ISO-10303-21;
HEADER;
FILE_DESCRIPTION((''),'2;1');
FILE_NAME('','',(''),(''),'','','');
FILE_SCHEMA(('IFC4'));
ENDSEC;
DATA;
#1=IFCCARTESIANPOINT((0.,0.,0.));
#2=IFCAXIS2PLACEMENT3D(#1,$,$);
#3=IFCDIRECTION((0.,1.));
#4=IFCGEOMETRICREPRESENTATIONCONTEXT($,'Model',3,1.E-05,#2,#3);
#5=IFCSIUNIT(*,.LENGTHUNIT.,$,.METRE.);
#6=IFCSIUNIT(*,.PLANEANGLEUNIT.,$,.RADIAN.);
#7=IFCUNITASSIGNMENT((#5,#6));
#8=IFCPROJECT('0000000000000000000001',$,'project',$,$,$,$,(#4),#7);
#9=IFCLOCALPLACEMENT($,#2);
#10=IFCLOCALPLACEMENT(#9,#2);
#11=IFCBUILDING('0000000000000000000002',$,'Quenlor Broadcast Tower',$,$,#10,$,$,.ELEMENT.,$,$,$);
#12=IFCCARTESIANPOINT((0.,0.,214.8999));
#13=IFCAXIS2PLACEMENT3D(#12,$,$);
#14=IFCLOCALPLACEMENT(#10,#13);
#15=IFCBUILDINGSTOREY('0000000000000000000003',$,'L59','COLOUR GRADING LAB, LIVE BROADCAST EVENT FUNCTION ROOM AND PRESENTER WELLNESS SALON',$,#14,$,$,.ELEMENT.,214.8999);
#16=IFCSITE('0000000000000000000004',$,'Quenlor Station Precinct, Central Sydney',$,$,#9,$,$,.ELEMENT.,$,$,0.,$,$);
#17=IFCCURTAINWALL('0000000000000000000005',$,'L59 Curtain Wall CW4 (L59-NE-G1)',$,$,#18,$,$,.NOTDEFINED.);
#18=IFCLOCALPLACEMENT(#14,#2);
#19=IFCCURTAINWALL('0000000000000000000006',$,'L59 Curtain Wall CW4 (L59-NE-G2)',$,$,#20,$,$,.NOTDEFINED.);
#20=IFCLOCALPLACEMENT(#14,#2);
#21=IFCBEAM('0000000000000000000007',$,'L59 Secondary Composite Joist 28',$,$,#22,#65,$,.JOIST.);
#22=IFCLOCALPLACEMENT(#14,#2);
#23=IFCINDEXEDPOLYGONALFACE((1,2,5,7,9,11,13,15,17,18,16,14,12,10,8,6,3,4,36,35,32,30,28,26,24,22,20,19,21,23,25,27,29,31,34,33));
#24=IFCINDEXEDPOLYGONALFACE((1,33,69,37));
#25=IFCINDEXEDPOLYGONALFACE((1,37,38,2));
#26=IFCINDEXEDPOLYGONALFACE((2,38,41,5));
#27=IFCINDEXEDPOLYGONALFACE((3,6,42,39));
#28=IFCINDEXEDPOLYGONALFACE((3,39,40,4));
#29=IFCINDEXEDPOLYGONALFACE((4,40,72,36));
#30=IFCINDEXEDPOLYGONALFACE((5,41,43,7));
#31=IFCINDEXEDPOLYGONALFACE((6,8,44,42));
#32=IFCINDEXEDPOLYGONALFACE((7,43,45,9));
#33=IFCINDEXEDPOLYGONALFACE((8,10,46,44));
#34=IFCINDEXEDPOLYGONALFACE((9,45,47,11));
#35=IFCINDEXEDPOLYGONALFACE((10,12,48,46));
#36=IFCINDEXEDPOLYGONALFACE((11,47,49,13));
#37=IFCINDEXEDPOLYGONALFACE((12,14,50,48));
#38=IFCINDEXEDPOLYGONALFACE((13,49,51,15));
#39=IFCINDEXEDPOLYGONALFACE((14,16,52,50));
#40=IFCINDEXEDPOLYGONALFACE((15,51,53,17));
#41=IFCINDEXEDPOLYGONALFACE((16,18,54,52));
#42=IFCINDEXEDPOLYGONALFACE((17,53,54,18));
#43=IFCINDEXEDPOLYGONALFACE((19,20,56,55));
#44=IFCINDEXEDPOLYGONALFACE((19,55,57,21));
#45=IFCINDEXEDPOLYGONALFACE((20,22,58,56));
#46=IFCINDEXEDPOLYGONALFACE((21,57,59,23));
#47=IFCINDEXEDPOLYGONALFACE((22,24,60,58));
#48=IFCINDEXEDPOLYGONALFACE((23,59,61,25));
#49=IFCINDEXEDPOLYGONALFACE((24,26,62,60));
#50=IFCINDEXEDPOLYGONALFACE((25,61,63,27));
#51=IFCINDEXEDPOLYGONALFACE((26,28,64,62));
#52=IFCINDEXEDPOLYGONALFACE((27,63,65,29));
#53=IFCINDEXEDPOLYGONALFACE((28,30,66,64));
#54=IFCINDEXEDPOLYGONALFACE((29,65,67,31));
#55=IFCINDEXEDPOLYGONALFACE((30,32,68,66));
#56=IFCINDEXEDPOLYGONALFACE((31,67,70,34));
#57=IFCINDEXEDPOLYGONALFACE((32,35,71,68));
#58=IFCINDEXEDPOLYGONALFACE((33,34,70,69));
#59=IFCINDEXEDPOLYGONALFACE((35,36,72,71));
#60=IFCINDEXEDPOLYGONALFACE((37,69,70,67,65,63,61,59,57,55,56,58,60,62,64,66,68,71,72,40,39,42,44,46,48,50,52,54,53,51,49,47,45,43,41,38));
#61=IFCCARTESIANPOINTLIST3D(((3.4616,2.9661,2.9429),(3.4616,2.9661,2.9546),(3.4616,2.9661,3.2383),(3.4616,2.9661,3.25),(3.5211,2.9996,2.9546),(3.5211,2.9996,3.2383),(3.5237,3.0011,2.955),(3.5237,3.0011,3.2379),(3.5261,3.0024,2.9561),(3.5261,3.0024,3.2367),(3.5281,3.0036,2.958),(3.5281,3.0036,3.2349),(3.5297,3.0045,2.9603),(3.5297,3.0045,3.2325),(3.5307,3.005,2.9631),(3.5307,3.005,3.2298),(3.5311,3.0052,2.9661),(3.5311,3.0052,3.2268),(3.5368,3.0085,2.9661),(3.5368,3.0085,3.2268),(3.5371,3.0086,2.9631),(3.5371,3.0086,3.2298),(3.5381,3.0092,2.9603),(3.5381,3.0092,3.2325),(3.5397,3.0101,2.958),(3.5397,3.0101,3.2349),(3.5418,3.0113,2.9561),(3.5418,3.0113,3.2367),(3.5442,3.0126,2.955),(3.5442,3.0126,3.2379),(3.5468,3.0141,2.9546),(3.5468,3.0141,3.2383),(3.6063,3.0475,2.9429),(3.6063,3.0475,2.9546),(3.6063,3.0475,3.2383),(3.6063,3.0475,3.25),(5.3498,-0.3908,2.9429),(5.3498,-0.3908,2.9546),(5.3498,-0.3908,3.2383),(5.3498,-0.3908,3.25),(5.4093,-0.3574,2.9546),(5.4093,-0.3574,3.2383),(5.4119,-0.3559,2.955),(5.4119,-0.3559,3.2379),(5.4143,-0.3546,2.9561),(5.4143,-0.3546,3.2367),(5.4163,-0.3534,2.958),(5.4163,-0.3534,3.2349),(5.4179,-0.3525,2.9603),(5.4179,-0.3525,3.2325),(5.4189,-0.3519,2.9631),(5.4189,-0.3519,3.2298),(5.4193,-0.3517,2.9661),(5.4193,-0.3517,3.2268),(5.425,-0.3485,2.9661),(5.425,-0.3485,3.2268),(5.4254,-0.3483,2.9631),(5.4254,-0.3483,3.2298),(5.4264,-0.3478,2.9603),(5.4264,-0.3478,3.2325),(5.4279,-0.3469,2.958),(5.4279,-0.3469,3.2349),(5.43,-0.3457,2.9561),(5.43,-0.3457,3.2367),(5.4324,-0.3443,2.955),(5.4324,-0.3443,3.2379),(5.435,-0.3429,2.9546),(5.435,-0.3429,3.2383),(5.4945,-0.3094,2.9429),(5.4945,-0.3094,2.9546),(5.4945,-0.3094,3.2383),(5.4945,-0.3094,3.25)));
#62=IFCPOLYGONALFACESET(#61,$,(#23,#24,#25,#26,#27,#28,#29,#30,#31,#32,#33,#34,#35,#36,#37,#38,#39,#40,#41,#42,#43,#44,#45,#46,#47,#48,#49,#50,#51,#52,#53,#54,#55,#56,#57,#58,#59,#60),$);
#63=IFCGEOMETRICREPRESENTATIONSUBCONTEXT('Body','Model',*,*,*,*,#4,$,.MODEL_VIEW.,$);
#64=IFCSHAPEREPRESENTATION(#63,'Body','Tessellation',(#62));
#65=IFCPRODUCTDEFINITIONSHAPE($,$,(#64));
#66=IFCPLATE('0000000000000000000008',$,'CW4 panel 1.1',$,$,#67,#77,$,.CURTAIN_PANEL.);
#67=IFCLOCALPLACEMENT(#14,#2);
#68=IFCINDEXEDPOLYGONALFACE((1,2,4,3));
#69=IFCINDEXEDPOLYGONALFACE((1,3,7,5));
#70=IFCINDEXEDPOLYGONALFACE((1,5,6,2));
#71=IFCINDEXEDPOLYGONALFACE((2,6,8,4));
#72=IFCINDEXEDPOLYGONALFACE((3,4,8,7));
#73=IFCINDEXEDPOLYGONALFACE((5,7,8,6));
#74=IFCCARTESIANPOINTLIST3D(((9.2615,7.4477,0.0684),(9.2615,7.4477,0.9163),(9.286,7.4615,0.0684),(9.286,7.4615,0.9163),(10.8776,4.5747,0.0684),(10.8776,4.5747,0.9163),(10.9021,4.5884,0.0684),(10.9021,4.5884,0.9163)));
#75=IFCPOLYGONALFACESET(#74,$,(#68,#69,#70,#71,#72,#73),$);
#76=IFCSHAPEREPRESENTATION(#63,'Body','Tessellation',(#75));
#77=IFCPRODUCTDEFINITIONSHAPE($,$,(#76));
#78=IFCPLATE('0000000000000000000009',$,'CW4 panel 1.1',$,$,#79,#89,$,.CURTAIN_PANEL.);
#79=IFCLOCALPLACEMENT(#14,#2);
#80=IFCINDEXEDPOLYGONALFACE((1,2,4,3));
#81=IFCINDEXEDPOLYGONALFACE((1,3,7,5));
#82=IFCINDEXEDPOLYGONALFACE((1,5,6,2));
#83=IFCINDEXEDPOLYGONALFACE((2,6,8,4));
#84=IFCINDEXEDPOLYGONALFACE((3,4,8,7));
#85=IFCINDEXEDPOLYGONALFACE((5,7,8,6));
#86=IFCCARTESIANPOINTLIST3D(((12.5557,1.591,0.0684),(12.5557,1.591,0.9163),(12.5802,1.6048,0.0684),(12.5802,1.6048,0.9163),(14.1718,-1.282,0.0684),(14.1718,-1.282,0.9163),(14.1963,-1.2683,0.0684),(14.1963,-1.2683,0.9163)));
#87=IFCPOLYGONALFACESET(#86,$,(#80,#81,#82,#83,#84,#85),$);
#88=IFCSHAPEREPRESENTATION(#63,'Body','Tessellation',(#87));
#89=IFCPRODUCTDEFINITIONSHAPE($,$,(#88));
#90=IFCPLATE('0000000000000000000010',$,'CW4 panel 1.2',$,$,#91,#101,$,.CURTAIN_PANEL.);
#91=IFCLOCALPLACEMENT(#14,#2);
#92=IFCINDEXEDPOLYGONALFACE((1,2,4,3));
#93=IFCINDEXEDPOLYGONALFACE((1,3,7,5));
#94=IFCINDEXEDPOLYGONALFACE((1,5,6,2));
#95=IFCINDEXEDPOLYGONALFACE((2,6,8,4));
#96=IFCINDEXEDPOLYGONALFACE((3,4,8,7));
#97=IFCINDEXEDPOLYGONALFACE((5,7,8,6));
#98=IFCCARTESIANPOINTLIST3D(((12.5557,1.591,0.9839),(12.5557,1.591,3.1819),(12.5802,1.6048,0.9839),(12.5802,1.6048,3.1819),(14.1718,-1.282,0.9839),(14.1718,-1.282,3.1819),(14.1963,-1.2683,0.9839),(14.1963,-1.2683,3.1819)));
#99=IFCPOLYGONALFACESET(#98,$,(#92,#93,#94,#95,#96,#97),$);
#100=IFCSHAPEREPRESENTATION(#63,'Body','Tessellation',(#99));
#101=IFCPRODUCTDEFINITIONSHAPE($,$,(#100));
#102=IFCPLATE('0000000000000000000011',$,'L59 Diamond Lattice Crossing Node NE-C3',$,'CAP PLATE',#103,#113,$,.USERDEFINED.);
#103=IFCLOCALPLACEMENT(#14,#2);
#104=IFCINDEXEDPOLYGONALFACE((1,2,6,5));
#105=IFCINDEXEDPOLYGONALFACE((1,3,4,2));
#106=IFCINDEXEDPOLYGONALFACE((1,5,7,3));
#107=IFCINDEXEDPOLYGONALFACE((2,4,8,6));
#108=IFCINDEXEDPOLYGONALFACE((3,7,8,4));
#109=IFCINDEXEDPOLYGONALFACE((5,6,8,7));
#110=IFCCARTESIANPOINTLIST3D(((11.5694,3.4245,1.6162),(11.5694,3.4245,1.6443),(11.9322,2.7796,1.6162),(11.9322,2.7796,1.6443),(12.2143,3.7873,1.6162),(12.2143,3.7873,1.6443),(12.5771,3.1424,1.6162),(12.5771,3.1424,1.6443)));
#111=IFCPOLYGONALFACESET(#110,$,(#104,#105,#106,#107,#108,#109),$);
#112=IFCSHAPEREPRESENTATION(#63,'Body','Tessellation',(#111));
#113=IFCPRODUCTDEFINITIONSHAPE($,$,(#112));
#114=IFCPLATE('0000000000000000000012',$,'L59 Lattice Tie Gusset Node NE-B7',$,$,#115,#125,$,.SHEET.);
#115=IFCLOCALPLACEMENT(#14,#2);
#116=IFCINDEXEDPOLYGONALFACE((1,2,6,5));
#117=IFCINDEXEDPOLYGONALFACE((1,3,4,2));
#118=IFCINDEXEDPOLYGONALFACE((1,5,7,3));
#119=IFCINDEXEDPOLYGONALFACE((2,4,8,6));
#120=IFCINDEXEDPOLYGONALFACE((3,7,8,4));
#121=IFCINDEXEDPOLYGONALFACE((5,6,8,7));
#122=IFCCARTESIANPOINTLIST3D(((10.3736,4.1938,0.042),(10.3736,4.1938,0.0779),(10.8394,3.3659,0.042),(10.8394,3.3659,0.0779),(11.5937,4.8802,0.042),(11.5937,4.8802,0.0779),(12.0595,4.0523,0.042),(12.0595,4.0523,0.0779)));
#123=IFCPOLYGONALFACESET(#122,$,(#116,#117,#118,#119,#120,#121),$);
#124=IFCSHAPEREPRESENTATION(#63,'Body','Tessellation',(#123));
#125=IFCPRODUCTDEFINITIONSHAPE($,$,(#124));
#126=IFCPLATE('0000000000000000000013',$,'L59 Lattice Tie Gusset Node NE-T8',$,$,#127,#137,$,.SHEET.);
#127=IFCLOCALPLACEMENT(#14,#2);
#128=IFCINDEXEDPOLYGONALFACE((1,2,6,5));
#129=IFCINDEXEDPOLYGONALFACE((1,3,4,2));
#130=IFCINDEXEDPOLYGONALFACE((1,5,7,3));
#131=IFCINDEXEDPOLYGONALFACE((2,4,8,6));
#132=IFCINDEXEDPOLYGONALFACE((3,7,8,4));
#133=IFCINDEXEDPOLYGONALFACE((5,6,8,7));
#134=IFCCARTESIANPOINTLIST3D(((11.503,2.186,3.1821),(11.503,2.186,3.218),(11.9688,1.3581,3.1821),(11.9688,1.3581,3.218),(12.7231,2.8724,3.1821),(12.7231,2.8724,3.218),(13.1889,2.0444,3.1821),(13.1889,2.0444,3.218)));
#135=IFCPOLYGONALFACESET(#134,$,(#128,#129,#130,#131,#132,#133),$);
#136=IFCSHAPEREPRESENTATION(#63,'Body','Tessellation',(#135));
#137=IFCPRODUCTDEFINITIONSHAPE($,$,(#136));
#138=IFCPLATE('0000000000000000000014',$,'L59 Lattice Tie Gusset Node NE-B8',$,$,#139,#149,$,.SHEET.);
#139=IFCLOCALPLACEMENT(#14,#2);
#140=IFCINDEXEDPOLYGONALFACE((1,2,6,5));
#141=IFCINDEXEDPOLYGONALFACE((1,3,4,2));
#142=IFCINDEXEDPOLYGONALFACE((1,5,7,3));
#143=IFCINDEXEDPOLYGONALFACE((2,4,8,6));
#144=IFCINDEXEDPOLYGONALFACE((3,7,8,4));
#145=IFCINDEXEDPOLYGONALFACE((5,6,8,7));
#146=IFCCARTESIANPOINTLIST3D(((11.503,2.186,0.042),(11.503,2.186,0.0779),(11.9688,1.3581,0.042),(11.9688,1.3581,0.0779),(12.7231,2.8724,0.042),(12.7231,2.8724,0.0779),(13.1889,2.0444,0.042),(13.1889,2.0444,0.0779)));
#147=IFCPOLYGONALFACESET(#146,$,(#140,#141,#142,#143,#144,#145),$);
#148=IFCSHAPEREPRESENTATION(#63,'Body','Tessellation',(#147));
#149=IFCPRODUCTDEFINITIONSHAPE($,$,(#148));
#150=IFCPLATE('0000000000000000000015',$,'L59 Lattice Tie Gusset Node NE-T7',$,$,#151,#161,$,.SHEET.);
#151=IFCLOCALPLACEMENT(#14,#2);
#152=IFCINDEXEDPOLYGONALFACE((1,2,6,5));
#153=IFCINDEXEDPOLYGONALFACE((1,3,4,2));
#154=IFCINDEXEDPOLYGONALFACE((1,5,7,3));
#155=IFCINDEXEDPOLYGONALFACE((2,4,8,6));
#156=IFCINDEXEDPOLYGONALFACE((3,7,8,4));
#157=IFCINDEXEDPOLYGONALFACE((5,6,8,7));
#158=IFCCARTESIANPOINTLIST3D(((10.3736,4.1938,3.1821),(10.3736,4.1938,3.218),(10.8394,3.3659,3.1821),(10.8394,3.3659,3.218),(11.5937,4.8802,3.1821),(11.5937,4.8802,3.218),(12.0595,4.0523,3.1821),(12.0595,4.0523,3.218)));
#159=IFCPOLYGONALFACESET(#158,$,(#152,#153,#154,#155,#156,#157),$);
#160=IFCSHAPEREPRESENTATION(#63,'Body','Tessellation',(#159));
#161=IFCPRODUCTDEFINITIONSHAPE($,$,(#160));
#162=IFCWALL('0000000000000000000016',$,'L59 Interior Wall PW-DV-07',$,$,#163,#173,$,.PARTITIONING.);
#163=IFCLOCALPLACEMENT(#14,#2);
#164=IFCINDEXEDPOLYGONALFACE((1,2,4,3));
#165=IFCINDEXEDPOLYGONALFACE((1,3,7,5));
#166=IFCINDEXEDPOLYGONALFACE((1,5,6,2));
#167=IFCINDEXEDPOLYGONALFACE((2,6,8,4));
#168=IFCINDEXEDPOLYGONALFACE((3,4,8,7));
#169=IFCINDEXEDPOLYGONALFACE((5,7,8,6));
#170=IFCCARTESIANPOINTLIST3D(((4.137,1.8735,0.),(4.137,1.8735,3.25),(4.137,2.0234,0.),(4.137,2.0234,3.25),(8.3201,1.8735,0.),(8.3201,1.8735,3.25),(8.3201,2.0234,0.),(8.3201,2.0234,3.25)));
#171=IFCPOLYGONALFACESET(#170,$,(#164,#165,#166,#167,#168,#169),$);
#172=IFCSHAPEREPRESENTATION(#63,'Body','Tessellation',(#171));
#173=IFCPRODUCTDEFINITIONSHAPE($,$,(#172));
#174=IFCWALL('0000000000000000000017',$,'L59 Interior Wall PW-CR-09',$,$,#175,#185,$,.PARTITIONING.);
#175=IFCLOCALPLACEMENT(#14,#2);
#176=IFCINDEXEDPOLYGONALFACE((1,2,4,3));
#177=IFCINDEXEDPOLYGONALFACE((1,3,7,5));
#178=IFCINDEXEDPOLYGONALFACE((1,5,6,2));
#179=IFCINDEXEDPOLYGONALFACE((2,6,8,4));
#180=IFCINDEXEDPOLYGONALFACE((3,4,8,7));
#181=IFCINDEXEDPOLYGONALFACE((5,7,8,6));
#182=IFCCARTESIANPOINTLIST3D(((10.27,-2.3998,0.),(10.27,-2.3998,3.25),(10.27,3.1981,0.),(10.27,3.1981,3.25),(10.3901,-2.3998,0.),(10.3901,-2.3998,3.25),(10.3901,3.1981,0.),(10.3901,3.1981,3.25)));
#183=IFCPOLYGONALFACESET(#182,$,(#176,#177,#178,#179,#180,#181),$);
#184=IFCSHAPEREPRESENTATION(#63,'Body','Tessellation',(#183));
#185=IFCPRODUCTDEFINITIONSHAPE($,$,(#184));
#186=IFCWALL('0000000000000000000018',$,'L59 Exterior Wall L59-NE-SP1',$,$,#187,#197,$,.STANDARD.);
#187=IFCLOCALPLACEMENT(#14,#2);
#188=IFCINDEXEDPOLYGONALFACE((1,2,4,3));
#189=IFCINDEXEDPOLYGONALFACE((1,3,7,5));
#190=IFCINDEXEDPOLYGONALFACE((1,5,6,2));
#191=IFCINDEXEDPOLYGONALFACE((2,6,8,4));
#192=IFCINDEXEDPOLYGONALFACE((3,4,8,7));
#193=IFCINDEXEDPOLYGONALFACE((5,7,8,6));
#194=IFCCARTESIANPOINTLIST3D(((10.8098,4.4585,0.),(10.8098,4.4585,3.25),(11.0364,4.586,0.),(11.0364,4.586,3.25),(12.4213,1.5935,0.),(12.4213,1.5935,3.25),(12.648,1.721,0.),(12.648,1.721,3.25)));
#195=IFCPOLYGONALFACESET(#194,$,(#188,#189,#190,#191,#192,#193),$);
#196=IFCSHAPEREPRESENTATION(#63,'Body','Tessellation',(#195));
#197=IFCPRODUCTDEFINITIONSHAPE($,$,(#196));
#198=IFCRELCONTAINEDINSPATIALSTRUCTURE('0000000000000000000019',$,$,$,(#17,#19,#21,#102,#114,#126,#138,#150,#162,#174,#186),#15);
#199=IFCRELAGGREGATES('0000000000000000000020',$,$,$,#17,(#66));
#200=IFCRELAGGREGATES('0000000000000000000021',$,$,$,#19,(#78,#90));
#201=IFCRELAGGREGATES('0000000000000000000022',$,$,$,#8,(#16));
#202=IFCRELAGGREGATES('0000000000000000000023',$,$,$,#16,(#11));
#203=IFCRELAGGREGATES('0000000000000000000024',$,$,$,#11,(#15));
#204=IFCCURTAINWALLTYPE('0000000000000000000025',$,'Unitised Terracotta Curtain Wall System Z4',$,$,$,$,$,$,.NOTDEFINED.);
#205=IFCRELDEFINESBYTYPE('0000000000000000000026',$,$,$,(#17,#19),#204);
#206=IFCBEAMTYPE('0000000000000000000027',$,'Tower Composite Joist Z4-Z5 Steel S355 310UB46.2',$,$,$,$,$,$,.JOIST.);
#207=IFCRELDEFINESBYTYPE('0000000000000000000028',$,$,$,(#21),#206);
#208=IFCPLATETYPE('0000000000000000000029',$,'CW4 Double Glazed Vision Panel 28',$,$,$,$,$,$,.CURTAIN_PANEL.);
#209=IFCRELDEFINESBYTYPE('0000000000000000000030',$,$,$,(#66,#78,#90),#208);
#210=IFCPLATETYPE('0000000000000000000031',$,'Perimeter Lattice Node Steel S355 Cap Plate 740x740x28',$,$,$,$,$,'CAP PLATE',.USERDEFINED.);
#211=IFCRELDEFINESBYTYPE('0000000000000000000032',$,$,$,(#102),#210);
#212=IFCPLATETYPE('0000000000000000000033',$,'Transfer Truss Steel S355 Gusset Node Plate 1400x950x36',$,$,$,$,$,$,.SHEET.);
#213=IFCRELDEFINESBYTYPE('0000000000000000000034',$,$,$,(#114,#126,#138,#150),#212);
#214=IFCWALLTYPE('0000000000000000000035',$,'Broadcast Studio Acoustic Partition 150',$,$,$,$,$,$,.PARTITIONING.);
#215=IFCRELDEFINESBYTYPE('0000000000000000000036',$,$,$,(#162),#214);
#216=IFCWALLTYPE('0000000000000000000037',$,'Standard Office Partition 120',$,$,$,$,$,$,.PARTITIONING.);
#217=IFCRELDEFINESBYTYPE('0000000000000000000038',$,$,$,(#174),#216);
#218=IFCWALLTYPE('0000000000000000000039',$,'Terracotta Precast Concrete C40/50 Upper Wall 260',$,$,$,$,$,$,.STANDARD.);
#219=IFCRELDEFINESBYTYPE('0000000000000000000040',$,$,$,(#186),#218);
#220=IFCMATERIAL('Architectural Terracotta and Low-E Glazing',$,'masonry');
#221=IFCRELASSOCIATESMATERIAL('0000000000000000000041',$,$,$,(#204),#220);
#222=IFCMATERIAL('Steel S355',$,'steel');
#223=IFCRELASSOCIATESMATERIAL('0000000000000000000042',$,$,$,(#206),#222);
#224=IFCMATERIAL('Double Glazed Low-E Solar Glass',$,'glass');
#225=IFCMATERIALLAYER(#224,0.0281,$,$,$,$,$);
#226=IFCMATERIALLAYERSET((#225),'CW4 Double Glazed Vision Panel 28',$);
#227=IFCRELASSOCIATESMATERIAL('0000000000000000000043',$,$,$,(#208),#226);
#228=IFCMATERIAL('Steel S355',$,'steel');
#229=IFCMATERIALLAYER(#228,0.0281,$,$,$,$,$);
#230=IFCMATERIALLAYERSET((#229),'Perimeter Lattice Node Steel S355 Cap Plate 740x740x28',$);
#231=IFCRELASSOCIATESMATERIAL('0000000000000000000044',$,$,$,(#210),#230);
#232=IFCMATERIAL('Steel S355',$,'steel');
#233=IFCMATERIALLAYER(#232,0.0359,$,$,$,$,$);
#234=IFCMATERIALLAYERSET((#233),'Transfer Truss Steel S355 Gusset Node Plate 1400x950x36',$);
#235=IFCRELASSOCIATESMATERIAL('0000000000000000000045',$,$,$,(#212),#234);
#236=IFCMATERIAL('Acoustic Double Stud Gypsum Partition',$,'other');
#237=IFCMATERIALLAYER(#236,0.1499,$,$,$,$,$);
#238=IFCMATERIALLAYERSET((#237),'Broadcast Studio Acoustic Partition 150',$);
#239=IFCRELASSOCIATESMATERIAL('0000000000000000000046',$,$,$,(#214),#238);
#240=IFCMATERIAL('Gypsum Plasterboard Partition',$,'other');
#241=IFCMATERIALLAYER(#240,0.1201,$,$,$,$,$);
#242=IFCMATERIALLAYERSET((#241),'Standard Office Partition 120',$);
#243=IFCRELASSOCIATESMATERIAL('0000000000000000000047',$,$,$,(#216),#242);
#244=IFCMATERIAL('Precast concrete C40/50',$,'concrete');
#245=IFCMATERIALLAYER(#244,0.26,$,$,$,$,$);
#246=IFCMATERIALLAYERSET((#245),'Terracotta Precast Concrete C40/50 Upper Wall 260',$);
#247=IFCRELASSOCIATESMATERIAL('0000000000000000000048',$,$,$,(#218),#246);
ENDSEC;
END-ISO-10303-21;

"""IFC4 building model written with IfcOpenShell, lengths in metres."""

from ifc_helpers import new_model, si_unit, direction, frame, frame_2d, origin, origin_2d, place, context, subcontext, project, spatial, rectangle, i_section, extrude, material, layer, layer_set, material_profile, profile_set, type_object, element, aggregate, save


model = new_model("IFC4")

# Units and contexts
model_context = context("Model", 3, precision=1e-05, world=origin(), true_north=direction((0.0, 1.0)))
body_context = subcontext(model_context, "Body", "Model", "MODEL_VIEW")
ifc_project = project(units=[si_unit("LENGTHUNIT", "METRE"), si_unit("PLANEANGLEUNIT", "RADIAN")], contexts=[model_context])

# Site, building, storey
site_placement = place(None, origin())
site = spatial("IfcSite", under=ifc_project, at=site_placement, Name="Quenlor Station Precinct, Central Sydney", CompositionType="ELEMENT", RefElevation=0.0)
building_placement = place(site_placement, origin())
building = spatial("IfcBuilding", under=site, at=building_placement, Name="Quenlor Broadcast Tower", CompositionType="ELEMENT")
storey_placement = place(building_placement, frame((0.0, 0.0, 214.8999)))
storey = spatial("IfcBuildingStorey", under=building, at=storey_placement, Name="L59", Description="COLOUR GRADING LAB, LIVE BROADCAST EVENT FUNCTION ROOM AND PRESENTER WELLNESS SALON", CompositionType="ELEMENT", Elevation=214.8999)

# Curtain wall
ifc_material_1 = material(Name="Architectural Terracotta and Low-E Glazing", Category="masonry")
curtain_wall_type = type_object("IfcCurtainWallType", Name="Unitised Terracotta Curtain Wall System Z4", PredefinedType="NOTDEFINED", material=ifc_material_1)
curtain_wall_1_placement = place(storey_placement, origin())
curtain_wall_1 = element("IfcCurtainWall", 1, at=curtain_wall_1_placement, inside=storey, type_object=curtain_wall_type, Name="L59 Curtain Wall CW4 (L59-NE-G1)", PredefinedType="NOTDEFINED")

# Curtain wall
curtain_wall_2_placement = place(storey_placement, origin())
curtain_wall_2 = element("IfcCurtainWall", 2, at=curtain_wall_2_placement, inside=storey, type_object=curtain_wall_type, Name="L59 Curtain Wall CW4 (L59-NE-G2)", PredefinedType="NOTDEFINED")

# Beam
ifc_material_2 = material(Name="Steel S355", Category="steel")
ifc_material_profile_1 = material_profile(ifc_material_2, i_section(OverallWidth=0.166, OverallDepth=0.3071, WebThickness=0.0066, FlangeThickness=0.0117, FilletRadius=0.0115, at=origin_2d()))
ifc_profile_set_1 = profile_set([ifc_material_profile_1], Name="Steel S355 310UB46.2")
beam_type_1 = type_object("IfcBeamType", Name="Tower Composite Joist Z4-Z5 Steel S355 310UB46.2", PredefinedType="JOIST", material=ifc_profile_set_1)
beam_1_placement = place(storey_placement, frame((3.5339, 3.0068, 3.0964), z_axis=(0.490243, -0.871586, 0.0), x_axis=(0.871586, 0.490243, 0.0)))
element("IfcBeam", 3, at=beam_1_placement, inside=storey, type_object=beam_type_1, Name="L59 Secondary Composite Joist 28", PredefinedType="JOIST", context=body_context, shape_type="SweptSolid", body=[
    extrude(i_section(OverallWidth=0.166, OverallDepth=0.3071, WebThickness=0.0066, FlangeThickness=0.0117, FilletRadius=0.0115, at=origin_2d()), origin(), (0.0, 0.0, 1.0), 3.8516),
])

# Plates
ifc_material_3 = material(Name="Double Glazed Low-E Solar Glass", Category="glass")
ifc_layer_1 = layer(ifc_material_3, 0.0281)
ifc_layer_set_1 = layer_set([ifc_layer_1], Name="CW4 Double Glazed Vision Panel 28")
plate_type_1 = type_object("IfcPlateType", Name="CW4 Double Glazed Vision Panel 28", PredefinedType="CURTAIN_PANEL", material=ifc_layer_set_1)
plate_1_placement = place(storey_placement, frame((10.0818, 6.0181, 0.0684), z_axis=(0.0, 0.0, 1.0), x_axis=(0.490257, -0.871578, 0.0)))
plate_1 = element("IfcPlate", 4, at=plate_1_placement, type_object=plate_type_1, Name="CW4 panel 1.1", PredefinedType="CURTAIN_PANEL", context=body_context, shape_type="SweptSolid", body=[
    extrude(rectangle(XDim=3.2964, YDim=0.0281, at=origin_2d()), origin(), (0.0, 0.0, 1.0), 0.8479),
])
aggregate(curtain_wall_1, [plate_1])
plate_2_placement = place(storey_placement, frame((13.376, 0.1614, 0.0684), z_axis=(0.0, 0.0, 1.0), x_axis=(0.490257, -0.871578, 0.0)))
plate_2 = element("IfcPlate", 5, at=plate_2_placement, type_object=plate_type_1, Name="CW4 panel 1.1", PredefinedType="CURTAIN_PANEL", context=body_context, shape_type="SweptSolid", body=[
    extrude(rectangle(XDim=3.2964, YDim=0.0281, at=origin_2d()), origin(), (0.0, 0.0, 1.0), 0.8479),
])
plate_3_placement = place(storey_placement, frame((13.376, 0.1614, 0.9839), z_axis=(0.0, 0.0, 1.0), x_axis=(0.490257, -0.871578, 0.0)))
plate_3 = element("IfcPlate", 6, at=plate_3_placement, type_object=plate_type_1, Name="CW4 panel 1.2", PredefinedType="CURTAIN_PANEL", context=body_context, shape_type="SweptSolid", body=[
    extrude(rectangle(XDim=3.2964, YDim=0.0281, at=origin_2d()), origin(), (0.0, 0.0, 1.0), 2.198),
])
aggregate(curtain_wall_2, [plate_2, plate_3])

# Plates
ifc_material_4 = material(Name="Steel S355", Category="steel")
ifc_layer_2 = layer(ifc_material_4, 0.0281)
ifc_layer_set_2 = layer_set([ifc_layer_2], Name="Perimeter Lattice Node Steel S355 Cap Plate 740x740x28")
plate_type_2 = type_object("IfcPlateType", Name="Perimeter Lattice Node Steel S355 Cap Plate 740x740x28", ElementType="CAP PLATE", PredefinedType="USERDEFINED", material=ifc_layer_set_2)
plate_4_placement = place(storey_placement, frame((12.0732, 3.2834, 1.6162), z_axis=(0.0, 0.0, 1.0), x_axis=(0.490295, -0.871556, 0.0)))
element("IfcPlate", 7, at=plate_4_placement, inside=storey, type_object=plate_type_2, Name="L59 Diamond Lattice Crossing Node NE-C3", ObjectType="CAP PLATE", PredefinedType="USERDEFINED", context=body_context, shape_type="SweptSolid", body=[
    extrude(rectangle(XDim=0.74, YDim=0.74, at=origin_2d()), origin(), (0.0, 0.0, 1.0), 0.0281),
])
ifc_material_5 = material(Name="Steel S355", Category="steel")
ifc_layer_3 = layer(ifc_material_5, 0.0359)
ifc_layer_set_3 = layer_set([ifc_layer_3], Name="Transfer Truss Steel S355 Gusset Node Plate 1400x950x36")
plate_type_3 = type_object("IfcPlateType", Name="Transfer Truss Steel S355 Gusset Node Plate 1400x950x36", PredefinedType="SHEET", material=ifc_layer_set_3)
for number, where, z_axis, x_axis, name in (
    (8, (11.2166, 4.123, 0.042), (0.0, 0.0, 1.0), (0.871556, 0.490295, 0.0), "L59 Lattice Tie Gusset Node NE-B7"),
    (9, (12.3459, 2.1152, 3.1821), (0.0, 0.0, 1.0), (0.871556, 0.490295, 0.0), "L59 Lattice Tie Gusset Node NE-T8"),
    (10, (12.3459, 2.1152, 0.042), (0.0, 0.0, 1.0), (0.871556, 0.490295, 0.0), "L59 Lattice Tie Gusset Node NE-B8"),
    (11, (11.2166, 4.123, 3.1821), (0.0, 0.0, 1.0), (0.871556, 0.490295, 0.0), "L59 Lattice Tie Gusset Node NE-T7"),
):
    element("IfcPlate", number, at=place(storey_placement, frame(where, z_axis=z_axis, x_axis=x_axis)), inside=storey, type_object=plate_type_3, Name=name, PredefinedType="SHEET", context=body_context, shape_type="SweptSolid", body=[
        extrude(rectangle(XDim=1.3999, YDim=0.95, at=origin_2d()), origin(), (0.0, 0.0, 1.0), 0.0359),
    ])

# Walls
ifc_material_6 = material(Name="Acoustic Double Stud Gypsum Partition", Category="other")
ifc_layer_4 = layer(ifc_material_6, 0.1499)
ifc_layer_set_4 = layer_set([ifc_layer_4], Name="Broadcast Studio Acoustic Partition 150")
wall_type_1 = type_object("IfcWallType", Name="Broadcast Studio Acoustic Partition 150", PredefinedType="PARTITIONING", material=ifc_layer_set_4)
wall_1_placement = place(storey_placement, frame((8.3201, 1.9485, 0.0), z_axis=(0.0, 0.0, 1.0), x_axis=(-1.0, 0.0, 0.0)))
element("IfcWall", 12, at=wall_1_placement, inside=storey, type_object=wall_type_1, Name="L59 Interior Wall PW-DV-07", PredefinedType="PARTITIONING", context=body_context, shape_type="SweptSolid", body=[
    extrude(rectangle(XDim=4.1831, YDim=0.1499, at=frame_2d((2.0916, 0.0))), origin(), (0.0, 0.0, 1.0), 3.25),
])
ifc_material_7 = material(Name="Gypsum Plasterboard Partition", Category="other")
ifc_layer_5 = layer(ifc_material_7, 0.1201)
ifc_layer_set_5 = layer_set([ifc_layer_5], Name="Standard Office Partition 120")
wall_type_2 = type_object("IfcWallType", Name="Standard Office Partition 120", PredefinedType="PARTITIONING", material=ifc_layer_set_5)
wall_2_placement = place(storey_placement, frame((10.3301, 3.198, 0.0), z_axis=(0.0, 0.0, 1.0), x_axis=(0.0, -1.0, 0.0)))
element("IfcWall", 13, at=wall_2_placement, inside=storey, type_object=wall_type_2, Name="L59 Interior Wall PW-CR-09", PredefinedType="PARTITIONING", context=body_context, shape_type="SweptSolid", body=[
    extrude(rectangle(XDim=5.5979, YDim=0.1201, at=frame_2d((2.7988, 0.0))), origin(), (0.0, 0.0, 1.0), 3.25),
])
ifc_material_8 = material(Name="Precast concrete C40/50", Category="concrete")
ifc_layer_6 = layer(ifc_material_8, 0.26)
ifc_layer_set_6 = layer_set([ifc_layer_6], Name="Terracotta Precast Concrete C40/50 Upper Wall 260")
wall_type_3 = type_object("IfcWallType", Name="Terracotta Precast Concrete C40/50 Upper Wall 260", PredefinedType="STANDARD", material=ifc_layer_set_6)
wall_3_placement = place(storey_placement, frame((10.9231, 4.5222, 0.0), z_axis=(0.0, 0.0, 1.0), x_axis=(0.490265, -0.871574, 0.0)))
element("IfcWall", 14, at=wall_3_placement, inside=storey, type_object=wall_type_3, Name="L59 Exterior Wall L59-NE-SP1", PredefinedType="STANDARD", context=body_context, shape_type="SweptSolid", body=[
    extrude(rectangle(XDim=3.2871, YDim=0.26, at=frame_2d((1.6436, 0.0))), origin(), (0.0, 0.0, 1.0), 3.25),
])

save(model, "model.ifc")
